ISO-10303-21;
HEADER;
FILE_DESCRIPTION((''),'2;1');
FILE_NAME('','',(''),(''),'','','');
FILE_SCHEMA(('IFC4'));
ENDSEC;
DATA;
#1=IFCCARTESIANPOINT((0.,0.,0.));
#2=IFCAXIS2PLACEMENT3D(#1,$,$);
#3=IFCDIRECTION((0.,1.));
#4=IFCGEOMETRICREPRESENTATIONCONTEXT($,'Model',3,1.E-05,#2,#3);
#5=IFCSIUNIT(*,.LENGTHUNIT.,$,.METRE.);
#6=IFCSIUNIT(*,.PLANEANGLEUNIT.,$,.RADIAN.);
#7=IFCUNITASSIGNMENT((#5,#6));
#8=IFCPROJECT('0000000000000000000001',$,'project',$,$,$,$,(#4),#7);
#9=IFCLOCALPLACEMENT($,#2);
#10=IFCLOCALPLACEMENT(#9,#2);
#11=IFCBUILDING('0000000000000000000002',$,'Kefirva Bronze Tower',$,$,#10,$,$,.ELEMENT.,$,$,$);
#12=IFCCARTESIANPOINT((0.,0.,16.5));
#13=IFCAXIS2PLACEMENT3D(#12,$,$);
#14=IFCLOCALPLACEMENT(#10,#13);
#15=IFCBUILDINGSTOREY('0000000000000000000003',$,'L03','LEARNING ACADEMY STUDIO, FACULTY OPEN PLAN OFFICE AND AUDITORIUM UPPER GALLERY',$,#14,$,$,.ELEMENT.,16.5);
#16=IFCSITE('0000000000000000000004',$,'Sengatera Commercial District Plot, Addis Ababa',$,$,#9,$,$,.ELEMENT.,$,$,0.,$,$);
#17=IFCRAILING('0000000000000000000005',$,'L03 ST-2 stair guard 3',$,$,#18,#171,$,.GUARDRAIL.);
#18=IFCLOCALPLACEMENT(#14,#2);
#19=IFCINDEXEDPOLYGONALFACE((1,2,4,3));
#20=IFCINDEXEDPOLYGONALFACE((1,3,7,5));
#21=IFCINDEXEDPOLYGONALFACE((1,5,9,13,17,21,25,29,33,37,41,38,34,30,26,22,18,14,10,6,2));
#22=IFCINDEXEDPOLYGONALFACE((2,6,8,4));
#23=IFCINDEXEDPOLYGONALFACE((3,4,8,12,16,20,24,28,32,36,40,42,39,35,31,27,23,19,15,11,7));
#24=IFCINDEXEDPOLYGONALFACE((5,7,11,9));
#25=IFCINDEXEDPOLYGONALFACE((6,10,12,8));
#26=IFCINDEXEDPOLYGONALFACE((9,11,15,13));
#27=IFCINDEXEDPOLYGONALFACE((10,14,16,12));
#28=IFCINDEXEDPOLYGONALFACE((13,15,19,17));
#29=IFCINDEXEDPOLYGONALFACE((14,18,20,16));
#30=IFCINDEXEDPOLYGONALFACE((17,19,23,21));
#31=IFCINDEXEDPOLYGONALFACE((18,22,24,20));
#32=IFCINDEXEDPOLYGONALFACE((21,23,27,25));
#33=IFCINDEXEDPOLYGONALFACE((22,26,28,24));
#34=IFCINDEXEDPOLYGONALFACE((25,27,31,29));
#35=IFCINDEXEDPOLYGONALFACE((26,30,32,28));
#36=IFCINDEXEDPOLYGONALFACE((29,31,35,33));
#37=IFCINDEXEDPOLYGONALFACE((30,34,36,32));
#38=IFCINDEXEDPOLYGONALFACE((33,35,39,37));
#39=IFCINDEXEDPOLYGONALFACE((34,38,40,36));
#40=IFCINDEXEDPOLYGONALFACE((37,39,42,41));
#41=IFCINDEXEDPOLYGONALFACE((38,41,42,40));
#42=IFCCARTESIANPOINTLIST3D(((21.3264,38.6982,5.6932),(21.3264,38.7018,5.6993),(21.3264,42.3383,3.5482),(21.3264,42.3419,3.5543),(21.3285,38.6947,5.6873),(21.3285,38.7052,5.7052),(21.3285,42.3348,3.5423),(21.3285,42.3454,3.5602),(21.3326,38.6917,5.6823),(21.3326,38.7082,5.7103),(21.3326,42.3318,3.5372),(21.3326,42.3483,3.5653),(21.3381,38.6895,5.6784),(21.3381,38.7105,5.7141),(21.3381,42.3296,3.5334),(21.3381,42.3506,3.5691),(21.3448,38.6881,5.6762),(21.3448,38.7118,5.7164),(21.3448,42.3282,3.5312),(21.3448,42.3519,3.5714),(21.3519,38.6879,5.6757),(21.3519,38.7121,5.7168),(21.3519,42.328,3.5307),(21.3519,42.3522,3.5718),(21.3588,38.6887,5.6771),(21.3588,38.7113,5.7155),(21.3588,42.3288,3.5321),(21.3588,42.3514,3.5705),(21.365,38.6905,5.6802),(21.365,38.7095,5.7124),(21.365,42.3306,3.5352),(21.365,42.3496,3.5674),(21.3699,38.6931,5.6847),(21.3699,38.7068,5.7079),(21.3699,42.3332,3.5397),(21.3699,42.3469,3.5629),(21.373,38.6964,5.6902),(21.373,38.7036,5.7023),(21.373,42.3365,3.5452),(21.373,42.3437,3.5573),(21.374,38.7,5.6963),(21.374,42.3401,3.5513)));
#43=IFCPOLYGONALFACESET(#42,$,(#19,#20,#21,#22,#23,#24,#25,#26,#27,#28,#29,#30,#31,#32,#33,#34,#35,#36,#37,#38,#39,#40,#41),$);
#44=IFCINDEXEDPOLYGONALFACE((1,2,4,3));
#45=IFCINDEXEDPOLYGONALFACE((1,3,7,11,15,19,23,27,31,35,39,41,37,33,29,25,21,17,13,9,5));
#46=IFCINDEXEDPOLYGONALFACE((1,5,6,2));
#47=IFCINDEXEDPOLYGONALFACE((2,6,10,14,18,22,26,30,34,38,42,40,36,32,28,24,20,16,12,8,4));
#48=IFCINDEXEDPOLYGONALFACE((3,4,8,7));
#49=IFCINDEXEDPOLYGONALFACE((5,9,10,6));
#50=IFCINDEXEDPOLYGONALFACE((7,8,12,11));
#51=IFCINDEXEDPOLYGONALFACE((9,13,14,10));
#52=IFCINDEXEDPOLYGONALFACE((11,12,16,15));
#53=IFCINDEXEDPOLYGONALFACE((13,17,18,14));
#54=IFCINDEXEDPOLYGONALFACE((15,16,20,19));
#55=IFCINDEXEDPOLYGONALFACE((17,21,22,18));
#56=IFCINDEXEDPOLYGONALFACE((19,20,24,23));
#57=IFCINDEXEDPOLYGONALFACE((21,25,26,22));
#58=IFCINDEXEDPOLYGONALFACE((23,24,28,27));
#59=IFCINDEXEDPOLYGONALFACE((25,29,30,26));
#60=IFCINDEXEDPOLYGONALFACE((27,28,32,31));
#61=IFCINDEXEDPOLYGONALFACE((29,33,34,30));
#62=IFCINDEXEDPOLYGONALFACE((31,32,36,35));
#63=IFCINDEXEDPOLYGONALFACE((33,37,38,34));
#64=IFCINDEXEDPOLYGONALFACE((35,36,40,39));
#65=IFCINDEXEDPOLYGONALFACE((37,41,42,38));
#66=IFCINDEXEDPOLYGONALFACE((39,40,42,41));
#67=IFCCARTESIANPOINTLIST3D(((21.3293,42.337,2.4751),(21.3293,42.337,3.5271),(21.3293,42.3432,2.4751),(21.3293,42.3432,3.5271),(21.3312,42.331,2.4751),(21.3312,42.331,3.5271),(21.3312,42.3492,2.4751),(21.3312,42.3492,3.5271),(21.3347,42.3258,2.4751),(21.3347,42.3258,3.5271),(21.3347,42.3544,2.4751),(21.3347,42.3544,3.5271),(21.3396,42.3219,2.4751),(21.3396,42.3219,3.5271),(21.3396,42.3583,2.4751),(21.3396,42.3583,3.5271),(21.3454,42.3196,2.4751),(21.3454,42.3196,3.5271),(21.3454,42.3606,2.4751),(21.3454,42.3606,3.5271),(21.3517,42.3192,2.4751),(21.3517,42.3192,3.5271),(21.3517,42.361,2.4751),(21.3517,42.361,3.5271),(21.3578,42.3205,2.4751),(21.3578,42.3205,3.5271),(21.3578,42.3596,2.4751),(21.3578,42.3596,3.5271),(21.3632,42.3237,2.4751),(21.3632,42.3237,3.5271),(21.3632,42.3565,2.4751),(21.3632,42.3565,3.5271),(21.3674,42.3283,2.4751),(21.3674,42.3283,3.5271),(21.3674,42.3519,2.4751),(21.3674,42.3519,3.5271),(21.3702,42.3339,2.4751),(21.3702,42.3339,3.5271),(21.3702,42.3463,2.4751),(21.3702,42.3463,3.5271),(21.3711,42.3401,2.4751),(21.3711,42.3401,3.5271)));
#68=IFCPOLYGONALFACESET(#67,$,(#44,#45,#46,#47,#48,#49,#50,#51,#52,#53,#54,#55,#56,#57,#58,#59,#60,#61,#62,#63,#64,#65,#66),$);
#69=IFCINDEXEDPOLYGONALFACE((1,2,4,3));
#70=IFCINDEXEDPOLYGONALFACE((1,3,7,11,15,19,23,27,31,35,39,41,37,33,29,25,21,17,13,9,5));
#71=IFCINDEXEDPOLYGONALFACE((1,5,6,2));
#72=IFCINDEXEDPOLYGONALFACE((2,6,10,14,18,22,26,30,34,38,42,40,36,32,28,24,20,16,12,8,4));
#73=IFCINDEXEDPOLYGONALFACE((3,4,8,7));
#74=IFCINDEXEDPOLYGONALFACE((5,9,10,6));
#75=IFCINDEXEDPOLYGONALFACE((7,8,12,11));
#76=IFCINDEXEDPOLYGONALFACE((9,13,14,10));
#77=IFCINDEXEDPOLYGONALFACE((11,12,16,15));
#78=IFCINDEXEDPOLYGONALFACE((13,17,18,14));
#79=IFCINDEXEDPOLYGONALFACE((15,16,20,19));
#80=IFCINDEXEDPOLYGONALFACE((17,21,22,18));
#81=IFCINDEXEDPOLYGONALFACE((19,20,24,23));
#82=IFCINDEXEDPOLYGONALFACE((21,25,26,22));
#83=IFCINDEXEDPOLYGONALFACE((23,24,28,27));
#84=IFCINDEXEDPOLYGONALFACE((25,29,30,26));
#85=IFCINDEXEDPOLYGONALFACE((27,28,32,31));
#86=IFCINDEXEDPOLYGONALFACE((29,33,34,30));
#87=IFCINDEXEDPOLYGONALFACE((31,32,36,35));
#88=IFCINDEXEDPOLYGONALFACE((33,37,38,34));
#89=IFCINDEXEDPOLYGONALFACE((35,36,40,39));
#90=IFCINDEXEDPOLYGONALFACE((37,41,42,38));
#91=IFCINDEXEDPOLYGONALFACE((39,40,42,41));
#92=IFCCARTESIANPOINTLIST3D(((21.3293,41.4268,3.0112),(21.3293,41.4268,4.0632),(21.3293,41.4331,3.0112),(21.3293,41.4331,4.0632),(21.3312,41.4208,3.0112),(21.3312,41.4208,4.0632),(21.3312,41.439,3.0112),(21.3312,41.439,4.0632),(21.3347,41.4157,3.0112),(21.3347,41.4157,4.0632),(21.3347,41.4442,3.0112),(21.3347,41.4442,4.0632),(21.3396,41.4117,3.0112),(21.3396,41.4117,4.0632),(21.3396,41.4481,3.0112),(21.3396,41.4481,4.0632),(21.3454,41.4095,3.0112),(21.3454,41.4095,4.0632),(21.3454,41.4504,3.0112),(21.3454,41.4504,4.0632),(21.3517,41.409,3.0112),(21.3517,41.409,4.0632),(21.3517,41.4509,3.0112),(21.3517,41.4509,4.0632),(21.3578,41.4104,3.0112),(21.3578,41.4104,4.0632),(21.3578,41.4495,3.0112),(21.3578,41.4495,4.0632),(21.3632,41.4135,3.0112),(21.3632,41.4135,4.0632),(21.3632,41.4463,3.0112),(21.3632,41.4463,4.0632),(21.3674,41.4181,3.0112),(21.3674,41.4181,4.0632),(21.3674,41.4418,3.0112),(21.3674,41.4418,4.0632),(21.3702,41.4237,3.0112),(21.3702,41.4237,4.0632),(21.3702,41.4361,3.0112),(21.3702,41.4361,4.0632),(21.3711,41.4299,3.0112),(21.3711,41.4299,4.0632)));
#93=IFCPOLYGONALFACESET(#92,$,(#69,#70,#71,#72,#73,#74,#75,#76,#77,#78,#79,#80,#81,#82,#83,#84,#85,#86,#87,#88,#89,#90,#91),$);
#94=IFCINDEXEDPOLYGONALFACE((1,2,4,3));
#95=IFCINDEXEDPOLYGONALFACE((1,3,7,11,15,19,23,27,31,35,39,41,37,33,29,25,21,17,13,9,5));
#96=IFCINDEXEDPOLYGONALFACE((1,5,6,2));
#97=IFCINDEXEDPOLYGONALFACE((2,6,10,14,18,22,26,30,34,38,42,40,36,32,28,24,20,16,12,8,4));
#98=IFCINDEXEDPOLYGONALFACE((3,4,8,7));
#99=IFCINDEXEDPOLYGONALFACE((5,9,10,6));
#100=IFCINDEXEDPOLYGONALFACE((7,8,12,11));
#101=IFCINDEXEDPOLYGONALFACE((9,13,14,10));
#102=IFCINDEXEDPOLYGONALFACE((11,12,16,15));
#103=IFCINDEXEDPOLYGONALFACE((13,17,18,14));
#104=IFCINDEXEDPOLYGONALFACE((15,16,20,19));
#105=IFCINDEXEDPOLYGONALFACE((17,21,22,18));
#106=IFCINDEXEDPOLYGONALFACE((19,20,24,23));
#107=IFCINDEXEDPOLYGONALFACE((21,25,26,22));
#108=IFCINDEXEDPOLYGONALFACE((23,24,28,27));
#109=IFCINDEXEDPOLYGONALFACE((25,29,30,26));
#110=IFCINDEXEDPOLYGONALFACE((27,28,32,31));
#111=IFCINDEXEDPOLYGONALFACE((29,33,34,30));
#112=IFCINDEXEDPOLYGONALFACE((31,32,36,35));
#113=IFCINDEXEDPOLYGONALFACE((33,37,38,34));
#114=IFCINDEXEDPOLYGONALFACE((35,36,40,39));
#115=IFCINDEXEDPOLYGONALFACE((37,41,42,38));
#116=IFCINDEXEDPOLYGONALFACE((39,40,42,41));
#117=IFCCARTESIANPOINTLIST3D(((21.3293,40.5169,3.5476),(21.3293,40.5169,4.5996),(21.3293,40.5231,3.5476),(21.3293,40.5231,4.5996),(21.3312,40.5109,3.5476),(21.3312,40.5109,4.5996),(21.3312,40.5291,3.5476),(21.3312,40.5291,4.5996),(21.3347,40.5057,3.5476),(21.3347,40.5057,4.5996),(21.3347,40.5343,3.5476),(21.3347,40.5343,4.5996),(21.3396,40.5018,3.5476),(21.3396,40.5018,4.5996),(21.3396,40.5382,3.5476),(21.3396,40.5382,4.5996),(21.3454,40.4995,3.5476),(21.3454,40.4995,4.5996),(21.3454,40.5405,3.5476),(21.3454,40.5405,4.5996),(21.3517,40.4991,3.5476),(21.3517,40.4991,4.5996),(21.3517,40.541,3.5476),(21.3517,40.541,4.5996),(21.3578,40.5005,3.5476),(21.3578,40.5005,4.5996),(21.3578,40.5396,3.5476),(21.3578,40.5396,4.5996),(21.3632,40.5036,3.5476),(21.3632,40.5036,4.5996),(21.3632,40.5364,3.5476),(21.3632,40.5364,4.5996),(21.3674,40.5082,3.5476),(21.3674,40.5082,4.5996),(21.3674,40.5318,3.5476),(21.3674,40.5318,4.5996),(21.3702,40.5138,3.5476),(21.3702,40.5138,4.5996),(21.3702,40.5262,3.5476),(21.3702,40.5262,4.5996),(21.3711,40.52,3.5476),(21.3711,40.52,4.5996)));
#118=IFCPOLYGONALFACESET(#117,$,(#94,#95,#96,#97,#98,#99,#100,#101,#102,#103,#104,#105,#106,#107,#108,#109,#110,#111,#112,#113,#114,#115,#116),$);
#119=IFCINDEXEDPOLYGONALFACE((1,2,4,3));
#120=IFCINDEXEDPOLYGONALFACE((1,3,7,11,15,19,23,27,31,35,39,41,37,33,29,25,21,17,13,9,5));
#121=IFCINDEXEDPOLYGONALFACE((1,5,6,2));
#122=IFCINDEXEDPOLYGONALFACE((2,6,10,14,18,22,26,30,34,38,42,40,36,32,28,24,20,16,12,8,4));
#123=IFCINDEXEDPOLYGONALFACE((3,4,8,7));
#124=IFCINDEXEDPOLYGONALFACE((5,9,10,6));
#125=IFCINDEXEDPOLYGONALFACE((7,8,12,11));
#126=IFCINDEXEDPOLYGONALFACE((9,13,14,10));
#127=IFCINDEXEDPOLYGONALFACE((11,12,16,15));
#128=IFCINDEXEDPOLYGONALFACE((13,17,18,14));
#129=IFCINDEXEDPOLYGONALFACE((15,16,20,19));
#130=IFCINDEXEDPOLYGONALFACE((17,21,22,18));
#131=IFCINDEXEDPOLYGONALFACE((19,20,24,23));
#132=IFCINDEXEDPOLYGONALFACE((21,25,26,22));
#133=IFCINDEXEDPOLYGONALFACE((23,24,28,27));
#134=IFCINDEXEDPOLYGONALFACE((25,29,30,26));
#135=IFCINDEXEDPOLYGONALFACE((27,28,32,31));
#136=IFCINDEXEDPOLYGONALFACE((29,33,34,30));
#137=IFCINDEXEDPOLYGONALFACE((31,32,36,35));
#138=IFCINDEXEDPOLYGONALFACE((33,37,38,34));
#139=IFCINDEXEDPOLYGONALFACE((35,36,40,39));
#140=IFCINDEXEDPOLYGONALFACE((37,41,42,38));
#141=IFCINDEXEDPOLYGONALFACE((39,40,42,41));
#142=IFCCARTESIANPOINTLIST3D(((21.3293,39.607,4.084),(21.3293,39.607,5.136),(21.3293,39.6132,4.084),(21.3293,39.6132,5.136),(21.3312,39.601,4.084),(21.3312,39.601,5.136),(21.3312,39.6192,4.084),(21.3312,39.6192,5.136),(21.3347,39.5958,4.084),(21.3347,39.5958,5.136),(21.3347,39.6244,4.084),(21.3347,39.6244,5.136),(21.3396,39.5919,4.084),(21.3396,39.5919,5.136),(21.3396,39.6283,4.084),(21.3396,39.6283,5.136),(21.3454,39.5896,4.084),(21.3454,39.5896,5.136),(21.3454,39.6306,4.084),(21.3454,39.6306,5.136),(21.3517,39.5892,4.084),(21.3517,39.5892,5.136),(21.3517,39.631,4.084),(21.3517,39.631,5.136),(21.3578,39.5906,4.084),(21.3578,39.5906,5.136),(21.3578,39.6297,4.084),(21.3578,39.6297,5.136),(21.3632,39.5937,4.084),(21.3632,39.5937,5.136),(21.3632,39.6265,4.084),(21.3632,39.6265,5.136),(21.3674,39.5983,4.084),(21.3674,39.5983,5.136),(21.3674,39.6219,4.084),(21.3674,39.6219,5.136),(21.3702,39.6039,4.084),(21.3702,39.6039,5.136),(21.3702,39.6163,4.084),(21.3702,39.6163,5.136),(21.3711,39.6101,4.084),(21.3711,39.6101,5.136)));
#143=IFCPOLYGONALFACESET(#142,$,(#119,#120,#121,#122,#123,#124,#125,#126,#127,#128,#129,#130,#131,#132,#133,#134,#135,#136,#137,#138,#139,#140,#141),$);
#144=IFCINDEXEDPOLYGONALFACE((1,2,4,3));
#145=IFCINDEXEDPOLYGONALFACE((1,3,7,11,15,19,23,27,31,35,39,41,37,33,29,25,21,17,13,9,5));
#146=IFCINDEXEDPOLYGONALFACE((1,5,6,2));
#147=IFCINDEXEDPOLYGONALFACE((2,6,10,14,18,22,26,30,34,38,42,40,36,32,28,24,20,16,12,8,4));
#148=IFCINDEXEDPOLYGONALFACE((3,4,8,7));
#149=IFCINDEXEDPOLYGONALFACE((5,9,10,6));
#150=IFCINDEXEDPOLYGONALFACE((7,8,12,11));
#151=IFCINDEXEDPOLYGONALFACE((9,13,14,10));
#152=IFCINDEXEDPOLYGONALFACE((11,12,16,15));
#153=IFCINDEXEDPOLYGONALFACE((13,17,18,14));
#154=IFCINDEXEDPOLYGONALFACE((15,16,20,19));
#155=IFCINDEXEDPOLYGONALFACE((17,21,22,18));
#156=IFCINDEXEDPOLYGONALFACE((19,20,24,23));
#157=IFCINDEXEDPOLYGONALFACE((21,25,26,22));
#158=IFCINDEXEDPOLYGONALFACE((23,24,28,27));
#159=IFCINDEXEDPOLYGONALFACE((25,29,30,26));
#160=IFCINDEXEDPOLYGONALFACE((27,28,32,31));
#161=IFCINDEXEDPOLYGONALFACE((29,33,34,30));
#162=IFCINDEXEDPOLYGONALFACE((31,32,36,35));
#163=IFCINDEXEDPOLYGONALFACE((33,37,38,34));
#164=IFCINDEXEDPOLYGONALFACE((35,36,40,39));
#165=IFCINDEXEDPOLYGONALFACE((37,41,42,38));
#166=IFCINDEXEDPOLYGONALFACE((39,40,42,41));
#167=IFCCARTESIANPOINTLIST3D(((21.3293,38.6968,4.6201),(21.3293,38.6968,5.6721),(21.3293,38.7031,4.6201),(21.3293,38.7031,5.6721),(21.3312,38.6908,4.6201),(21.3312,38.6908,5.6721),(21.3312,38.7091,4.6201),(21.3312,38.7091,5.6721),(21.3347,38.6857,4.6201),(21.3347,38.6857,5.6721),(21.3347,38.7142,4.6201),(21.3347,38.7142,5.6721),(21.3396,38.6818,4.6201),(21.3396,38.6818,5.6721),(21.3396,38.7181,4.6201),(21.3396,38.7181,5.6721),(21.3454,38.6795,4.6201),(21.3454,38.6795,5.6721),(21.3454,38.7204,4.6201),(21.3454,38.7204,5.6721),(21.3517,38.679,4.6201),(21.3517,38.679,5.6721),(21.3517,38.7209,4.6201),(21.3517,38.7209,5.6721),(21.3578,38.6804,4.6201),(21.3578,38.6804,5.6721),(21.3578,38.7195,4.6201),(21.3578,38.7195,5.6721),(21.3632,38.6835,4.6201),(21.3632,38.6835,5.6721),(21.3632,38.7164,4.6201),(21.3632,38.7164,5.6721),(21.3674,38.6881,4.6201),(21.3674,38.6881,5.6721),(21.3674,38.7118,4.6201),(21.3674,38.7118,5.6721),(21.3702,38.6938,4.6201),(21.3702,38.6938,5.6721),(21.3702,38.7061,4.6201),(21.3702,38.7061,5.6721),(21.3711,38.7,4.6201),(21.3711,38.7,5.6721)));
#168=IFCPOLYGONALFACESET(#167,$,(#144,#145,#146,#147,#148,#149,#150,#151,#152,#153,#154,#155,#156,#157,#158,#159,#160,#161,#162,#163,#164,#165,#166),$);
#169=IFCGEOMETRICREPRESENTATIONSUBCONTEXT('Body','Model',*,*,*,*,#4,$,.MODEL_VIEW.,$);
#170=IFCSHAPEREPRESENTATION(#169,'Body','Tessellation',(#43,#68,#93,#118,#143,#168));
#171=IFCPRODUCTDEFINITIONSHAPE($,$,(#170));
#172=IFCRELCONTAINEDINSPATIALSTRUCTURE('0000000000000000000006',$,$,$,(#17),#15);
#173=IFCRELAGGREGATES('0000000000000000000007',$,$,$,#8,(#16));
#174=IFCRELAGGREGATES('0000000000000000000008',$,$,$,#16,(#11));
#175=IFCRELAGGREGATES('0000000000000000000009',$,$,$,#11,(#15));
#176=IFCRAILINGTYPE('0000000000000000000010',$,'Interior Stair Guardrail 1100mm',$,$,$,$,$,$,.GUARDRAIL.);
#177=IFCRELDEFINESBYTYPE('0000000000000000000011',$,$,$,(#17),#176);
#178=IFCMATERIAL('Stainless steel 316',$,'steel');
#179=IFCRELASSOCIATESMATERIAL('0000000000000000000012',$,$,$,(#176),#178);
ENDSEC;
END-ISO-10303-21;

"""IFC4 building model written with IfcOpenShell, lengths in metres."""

from ifc_helpers import new_model, si_unit, direction, frame, origin, origin_2d, place, context, subcontext, project, spatial, circle, extrude, material, type_object, element, save


model = new_model("IFC4")

# Units and contexts
model_context = context("Model", 3, precision=1e-05, world=origin(), true_north=direction((0.0, 1.0)))
body_context = subcontext(model_context, "Body", "Model", "MODEL_VIEW")
ifc_project = project(units=[si_unit("LENGTHUNIT", "METRE"), si_unit("PLANEANGLEUNIT", "RADIAN")], contexts=[model_context])

# Site, building, storey
site_placement = place(None, origin())
site = spatial("IfcSite", under=ifc_project, at=site_placement, Name="Sengatera Commercial District Plot, Addis Ababa", CompositionType="ELEMENT", RefElevation=0.0)
building_placement = place(site_placement, origin())
building = spatial("IfcBuilding", under=site, at=building_placement, Name="Kefirva Bronze Tower", CompositionType="ELEMENT")
storey_placement = place(building_placement, frame((0.0, 0.0, 16.5)))
storey = spatial("IfcBuildingStorey", under=building, at=storey_placement, Name="L03", Description="LEARNING ACADEMY STUDIO, FACULTY OPEN PLAN OFFICE AND AUDITORIUM UPPER GALLERY", CompositionType="ELEMENT", Elevation=16.5)

# Railing
ifc_material_1 = material(Name="Stainless steel 316", Category="steel")
railing_type_1 = type_object("IfcRailingType", Name="Interior Stair Guardrail 1100mm", PredefinedType="GUARDRAIL", material=ifc_material_1)
railing_1_placement = place(storey_placement, frame((21.3501, 42.3401, 2.4751)))
element("IfcRailing", 1, at=railing_1_placement, inside=storey, type_object=railing_type_1, Name="L03 ST-2 stair guard 3", PredefinedType="GUARDRAIL", context=body_context, shape_type="SweptSolid", body=[
    extrude(circle(Radius=0.0239, at=origin_2d()), frame((0.0, 0.0, 1.0762), z_axis=(0.0, -0.861545, 0.507682), x_axis=(1.0, 0.0, 0.0)), (0.0, 0.0, 1.0), 4.2251),
    extrude(circle(Radius=0.021, at=origin_2d()), origin(), (0.0, 0.0, 1.0), 1.052),
    extrude(circle(Radius=0.021, at=origin_2d()), frame((0.0, -0.9102, 0.5361)), (0.0, 0.0, 1.0), 1.052),
    extrude(circle(Radius=0.021, at=origin_2d()), frame((0.0, -1.8201, 1.0725)), (0.0, 0.0, 1.0), 1.052),
    extrude(circle(Radius=0.021, at=origin_2d()), frame((0.0, -2.73, 1.6089)), (0.0, 0.0, 1.0), 1.052),
    extrude(circle(Radius=0.021, at=origin_2d()), frame((0.0, -3.6401, 2.145)), (0.0, 0.0, 1.0), 1.052),
])

save(model, "model.ifc")
